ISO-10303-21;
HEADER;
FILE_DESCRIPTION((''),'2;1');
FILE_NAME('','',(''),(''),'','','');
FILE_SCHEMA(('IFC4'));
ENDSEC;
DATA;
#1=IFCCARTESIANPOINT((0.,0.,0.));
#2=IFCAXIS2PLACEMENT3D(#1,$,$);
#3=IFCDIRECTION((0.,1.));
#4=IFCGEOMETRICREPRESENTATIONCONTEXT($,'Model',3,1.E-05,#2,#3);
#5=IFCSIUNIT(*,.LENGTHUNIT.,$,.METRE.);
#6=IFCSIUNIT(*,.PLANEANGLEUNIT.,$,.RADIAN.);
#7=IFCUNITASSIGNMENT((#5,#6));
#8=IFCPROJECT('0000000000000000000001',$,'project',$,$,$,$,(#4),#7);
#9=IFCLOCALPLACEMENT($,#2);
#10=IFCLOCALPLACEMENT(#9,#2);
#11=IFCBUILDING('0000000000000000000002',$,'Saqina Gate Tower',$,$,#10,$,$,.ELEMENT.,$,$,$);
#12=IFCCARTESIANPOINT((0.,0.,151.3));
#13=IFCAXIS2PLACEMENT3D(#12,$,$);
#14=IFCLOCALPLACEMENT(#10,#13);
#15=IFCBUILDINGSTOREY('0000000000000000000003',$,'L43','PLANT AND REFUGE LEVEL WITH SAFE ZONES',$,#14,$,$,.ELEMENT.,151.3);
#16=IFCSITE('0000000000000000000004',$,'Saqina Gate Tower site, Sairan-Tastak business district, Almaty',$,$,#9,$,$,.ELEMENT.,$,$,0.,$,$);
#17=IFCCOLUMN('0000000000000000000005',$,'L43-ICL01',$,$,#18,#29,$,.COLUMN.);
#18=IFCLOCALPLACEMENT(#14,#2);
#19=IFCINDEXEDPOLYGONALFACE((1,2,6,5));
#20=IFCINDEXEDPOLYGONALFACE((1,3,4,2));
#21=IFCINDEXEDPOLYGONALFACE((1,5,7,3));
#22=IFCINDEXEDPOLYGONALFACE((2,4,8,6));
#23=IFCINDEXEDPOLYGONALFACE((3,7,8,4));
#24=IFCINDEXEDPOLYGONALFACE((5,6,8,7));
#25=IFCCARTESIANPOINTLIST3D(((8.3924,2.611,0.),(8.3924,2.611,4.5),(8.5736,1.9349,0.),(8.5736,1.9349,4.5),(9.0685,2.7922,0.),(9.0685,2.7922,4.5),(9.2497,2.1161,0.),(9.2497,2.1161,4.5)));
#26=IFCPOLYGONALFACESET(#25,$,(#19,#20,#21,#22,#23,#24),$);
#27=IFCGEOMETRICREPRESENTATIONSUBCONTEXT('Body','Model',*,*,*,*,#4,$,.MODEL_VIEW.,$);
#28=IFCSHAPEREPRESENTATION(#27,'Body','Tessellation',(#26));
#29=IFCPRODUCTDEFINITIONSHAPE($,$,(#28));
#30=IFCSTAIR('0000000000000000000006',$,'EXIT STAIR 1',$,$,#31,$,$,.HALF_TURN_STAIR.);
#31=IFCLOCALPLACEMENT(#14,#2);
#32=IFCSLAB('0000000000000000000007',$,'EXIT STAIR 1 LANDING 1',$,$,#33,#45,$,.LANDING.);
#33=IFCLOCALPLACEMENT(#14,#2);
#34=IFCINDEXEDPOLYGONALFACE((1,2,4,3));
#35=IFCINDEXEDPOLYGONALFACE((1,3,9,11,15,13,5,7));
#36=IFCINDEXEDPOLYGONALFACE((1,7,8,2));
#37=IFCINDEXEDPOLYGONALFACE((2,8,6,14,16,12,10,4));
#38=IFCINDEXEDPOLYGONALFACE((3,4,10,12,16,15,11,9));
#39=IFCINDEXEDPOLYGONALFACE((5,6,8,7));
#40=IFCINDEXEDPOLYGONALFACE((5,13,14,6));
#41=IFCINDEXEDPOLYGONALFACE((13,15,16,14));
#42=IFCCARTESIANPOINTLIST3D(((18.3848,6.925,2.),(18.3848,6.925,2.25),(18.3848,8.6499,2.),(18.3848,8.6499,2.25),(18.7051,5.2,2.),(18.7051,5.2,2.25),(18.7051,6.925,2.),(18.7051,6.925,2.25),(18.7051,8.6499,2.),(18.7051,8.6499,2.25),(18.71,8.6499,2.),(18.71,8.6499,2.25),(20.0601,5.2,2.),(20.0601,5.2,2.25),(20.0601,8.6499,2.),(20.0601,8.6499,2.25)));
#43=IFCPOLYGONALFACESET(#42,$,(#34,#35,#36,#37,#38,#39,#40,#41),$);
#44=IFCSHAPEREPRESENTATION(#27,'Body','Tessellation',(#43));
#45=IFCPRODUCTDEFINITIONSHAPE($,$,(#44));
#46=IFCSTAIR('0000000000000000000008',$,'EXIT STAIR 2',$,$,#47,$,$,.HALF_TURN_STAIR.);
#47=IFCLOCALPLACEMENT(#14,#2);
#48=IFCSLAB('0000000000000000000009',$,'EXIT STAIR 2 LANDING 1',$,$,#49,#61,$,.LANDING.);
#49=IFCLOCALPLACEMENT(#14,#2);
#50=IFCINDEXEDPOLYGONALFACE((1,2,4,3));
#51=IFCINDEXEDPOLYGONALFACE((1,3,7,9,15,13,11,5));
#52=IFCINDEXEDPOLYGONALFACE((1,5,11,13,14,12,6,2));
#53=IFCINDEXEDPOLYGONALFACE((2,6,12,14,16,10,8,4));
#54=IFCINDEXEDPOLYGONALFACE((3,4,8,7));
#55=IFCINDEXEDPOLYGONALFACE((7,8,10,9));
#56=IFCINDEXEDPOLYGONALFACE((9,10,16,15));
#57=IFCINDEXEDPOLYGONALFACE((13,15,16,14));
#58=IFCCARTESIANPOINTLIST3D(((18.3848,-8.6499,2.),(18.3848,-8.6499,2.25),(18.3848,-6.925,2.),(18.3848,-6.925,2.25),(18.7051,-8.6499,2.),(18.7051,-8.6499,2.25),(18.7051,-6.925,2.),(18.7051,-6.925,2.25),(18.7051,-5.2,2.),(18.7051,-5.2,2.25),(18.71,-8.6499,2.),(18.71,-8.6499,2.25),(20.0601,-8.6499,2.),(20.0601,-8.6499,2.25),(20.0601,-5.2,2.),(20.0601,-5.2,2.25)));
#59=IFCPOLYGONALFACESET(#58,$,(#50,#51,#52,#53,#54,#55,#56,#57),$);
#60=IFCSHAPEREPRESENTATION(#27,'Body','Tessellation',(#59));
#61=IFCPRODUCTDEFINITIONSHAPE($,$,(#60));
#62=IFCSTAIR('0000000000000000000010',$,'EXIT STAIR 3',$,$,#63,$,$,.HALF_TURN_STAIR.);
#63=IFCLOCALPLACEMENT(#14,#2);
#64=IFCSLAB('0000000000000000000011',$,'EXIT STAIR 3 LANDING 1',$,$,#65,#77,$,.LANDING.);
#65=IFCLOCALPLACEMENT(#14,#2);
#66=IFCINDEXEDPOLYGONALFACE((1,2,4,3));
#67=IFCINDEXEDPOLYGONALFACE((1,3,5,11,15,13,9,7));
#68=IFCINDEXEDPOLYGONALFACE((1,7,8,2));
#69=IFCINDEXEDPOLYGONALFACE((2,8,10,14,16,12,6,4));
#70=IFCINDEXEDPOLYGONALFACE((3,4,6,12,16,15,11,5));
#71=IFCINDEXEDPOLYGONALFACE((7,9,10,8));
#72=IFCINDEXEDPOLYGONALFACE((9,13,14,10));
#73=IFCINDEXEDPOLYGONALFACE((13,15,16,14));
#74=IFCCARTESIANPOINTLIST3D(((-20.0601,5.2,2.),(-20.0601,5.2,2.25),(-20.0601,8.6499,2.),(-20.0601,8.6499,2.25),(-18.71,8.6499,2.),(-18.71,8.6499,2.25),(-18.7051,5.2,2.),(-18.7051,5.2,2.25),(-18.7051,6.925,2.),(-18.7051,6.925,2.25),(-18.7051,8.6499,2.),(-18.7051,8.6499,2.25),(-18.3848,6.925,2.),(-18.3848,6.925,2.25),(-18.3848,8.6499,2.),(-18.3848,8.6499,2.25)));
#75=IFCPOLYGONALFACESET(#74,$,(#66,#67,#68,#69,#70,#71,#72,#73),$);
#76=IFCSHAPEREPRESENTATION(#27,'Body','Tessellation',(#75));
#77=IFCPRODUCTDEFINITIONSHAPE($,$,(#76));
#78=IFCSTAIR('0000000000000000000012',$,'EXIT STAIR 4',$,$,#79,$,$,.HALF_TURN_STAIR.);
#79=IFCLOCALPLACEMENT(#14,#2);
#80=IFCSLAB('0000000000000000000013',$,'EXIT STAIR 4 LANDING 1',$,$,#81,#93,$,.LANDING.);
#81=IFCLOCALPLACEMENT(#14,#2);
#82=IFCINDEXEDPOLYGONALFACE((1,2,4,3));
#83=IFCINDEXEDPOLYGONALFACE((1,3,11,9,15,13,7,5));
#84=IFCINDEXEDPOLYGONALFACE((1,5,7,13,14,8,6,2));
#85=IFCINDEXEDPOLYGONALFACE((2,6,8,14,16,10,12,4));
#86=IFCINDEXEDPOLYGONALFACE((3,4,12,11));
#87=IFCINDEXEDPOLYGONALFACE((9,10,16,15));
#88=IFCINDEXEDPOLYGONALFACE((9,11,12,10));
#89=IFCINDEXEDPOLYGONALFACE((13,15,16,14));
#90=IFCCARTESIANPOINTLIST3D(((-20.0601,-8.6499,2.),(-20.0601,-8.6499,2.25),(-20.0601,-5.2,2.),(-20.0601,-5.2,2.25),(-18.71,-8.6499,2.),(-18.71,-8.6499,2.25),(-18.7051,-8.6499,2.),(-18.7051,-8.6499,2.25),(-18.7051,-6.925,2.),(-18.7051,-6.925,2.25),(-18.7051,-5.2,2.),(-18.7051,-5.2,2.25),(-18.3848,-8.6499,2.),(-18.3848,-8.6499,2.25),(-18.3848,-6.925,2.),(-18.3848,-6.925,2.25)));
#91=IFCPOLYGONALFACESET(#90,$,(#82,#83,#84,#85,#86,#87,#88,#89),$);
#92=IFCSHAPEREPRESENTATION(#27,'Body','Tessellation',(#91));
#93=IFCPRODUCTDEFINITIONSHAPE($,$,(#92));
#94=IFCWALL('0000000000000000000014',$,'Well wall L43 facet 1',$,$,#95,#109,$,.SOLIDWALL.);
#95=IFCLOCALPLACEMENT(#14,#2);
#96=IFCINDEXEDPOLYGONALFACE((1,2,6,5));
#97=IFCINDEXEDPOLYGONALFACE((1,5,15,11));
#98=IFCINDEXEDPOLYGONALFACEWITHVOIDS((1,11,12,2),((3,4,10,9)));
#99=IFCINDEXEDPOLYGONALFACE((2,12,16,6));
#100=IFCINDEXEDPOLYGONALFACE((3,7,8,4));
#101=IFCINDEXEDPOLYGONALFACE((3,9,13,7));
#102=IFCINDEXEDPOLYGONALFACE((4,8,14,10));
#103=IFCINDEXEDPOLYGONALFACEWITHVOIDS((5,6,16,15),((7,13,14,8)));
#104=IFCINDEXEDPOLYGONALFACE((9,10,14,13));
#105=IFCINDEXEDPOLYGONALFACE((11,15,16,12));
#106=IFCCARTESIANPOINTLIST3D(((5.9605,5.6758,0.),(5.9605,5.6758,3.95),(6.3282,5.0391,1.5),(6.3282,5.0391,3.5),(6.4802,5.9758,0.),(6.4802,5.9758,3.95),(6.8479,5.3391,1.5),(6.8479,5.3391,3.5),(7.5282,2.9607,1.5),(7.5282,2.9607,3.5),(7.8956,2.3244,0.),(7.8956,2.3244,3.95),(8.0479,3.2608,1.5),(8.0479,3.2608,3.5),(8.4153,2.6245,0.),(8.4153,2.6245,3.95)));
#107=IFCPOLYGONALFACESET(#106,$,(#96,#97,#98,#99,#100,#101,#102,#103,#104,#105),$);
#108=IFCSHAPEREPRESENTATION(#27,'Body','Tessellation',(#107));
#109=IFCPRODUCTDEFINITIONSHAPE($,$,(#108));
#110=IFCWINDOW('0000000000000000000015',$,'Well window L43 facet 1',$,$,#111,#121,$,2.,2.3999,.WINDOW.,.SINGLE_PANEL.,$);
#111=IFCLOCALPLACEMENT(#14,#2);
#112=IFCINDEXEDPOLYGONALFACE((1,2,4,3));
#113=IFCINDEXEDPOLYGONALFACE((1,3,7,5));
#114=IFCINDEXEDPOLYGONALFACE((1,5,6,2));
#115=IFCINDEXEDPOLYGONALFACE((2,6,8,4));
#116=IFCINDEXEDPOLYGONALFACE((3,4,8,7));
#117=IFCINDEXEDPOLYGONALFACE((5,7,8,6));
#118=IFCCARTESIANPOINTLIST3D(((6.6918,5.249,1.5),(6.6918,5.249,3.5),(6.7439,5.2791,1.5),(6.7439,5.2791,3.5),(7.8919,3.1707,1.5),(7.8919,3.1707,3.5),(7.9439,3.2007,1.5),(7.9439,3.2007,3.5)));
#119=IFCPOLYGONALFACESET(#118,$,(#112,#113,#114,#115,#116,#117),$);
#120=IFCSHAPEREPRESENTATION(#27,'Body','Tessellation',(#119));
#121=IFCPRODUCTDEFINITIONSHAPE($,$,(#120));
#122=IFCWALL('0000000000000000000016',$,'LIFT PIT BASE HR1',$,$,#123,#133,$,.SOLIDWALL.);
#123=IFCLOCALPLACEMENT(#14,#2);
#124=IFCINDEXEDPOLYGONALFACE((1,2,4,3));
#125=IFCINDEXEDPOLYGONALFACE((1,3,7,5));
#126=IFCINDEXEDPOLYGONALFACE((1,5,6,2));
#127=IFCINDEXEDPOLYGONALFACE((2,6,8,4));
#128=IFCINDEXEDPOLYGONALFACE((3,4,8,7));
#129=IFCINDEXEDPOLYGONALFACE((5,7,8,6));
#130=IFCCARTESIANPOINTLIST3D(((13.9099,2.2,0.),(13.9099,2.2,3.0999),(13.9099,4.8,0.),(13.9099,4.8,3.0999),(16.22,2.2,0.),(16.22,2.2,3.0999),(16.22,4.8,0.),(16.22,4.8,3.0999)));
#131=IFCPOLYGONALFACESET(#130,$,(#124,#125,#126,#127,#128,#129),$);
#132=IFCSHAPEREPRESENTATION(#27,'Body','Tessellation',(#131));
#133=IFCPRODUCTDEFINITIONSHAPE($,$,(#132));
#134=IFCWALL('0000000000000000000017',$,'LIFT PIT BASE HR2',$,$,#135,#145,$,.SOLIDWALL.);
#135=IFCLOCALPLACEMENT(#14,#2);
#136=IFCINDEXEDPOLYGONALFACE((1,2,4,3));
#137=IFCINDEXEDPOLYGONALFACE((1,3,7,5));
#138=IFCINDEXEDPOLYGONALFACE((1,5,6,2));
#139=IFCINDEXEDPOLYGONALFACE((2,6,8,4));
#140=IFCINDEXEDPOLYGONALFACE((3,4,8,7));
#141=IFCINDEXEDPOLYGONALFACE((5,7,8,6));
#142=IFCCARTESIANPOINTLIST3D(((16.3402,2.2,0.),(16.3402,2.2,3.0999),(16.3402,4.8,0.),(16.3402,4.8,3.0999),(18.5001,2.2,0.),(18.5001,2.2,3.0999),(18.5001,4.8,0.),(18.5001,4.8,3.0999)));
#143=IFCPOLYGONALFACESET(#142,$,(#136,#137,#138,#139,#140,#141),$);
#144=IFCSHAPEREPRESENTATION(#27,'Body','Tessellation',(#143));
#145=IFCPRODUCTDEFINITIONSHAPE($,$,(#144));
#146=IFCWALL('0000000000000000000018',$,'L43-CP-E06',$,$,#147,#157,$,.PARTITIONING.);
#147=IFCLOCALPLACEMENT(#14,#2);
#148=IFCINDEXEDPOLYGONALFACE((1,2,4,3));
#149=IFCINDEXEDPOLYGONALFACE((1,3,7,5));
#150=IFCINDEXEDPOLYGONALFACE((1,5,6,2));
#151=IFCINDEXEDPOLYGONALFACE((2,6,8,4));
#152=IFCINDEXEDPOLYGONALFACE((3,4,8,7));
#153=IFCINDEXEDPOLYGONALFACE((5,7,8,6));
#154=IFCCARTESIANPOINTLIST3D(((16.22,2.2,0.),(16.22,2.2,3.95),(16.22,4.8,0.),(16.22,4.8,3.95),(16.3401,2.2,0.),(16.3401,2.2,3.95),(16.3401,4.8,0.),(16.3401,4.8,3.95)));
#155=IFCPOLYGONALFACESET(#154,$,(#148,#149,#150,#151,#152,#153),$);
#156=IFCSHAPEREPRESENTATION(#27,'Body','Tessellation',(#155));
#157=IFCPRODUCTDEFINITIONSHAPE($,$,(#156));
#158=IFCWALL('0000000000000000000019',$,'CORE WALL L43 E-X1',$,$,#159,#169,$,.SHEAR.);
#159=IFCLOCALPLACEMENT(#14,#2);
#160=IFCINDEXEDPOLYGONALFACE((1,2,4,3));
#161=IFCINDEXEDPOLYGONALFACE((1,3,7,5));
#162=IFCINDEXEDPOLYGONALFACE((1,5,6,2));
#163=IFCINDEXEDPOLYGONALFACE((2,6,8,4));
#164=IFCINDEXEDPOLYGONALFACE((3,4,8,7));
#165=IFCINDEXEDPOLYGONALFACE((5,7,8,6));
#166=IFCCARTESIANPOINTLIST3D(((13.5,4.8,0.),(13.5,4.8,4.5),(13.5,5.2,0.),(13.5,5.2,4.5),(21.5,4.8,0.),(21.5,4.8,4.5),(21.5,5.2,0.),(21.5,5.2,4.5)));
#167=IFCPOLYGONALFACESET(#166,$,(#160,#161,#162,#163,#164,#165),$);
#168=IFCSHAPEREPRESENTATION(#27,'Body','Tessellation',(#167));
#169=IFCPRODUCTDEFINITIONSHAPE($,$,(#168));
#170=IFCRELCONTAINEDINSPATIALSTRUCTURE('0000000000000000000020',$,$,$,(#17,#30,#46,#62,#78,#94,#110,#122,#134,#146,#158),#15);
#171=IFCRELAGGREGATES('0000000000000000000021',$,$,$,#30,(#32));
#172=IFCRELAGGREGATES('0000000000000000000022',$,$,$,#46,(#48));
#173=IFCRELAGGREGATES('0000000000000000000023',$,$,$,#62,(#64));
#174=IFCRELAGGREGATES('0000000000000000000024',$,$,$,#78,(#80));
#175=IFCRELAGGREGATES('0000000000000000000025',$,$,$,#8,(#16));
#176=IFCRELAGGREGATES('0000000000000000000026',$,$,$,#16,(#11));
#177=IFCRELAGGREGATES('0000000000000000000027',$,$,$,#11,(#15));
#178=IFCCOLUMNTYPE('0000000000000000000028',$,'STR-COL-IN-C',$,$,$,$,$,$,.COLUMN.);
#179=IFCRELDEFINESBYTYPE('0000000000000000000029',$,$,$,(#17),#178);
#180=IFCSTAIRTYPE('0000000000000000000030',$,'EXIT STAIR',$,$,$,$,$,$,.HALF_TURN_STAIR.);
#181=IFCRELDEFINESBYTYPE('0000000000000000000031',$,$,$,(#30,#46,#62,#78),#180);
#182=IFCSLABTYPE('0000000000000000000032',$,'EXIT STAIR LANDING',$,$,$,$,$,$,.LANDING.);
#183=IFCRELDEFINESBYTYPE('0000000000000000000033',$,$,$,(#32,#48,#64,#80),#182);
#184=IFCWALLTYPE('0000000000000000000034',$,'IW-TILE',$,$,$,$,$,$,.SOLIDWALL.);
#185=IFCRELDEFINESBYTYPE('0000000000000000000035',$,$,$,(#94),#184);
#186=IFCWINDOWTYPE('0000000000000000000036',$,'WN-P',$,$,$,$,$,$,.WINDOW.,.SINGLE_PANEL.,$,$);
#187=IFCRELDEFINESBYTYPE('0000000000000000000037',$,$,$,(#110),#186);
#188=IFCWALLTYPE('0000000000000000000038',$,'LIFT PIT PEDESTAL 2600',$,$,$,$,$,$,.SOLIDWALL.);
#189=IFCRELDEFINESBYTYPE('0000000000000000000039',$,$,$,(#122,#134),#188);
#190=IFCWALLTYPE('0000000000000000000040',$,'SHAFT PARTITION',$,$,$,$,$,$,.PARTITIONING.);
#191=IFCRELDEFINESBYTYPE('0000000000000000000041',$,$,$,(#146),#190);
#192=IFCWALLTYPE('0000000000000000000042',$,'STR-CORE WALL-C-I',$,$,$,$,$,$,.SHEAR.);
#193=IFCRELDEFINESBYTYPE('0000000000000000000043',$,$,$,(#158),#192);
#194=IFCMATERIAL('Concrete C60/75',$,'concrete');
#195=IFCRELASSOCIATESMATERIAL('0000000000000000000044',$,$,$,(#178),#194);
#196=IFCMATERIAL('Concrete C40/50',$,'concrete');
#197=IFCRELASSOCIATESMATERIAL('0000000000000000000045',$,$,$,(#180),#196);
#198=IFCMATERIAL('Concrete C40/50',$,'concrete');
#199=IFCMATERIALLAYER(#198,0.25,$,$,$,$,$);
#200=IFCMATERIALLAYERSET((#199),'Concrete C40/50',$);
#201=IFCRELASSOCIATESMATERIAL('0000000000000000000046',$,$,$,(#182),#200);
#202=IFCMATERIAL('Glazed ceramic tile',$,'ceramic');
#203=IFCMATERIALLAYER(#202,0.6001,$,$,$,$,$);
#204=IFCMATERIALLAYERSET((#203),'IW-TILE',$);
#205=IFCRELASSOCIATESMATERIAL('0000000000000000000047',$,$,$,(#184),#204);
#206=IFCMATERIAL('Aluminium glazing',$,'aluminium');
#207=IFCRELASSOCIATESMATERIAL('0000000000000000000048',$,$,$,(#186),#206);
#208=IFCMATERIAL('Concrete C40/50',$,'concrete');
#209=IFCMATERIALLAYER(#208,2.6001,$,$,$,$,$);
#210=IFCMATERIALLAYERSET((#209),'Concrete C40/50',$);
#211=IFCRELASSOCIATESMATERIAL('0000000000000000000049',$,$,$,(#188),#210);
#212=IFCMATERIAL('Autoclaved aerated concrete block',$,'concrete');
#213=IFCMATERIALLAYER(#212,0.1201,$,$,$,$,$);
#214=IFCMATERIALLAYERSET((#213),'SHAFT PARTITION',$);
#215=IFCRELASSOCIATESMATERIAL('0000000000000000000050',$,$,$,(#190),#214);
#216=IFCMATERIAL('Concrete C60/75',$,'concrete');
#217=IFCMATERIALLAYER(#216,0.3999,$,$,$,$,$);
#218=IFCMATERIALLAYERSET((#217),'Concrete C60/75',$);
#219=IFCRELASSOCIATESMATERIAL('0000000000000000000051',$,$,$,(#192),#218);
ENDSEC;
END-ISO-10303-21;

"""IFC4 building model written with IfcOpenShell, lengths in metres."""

from ifc_helpers import new_model, si_unit, direction, frame, frame_2d, origin, origin_2d, place, context, subcontext, project, spatial, polyline, rectangle, outline, extrude, material, layer, layer_set, material_profile, profile_set, type_object, element, fill, aggregate, save


model = new_model("IFC4")

# Units and contexts
model_context = context("Model", 3, precision=1e-05, world=origin(), true_north=direction((0.0, 1.0)))
body_context = subcontext(model_context, "Body", "Model", "MODEL_VIEW")
ifc_project = project(units=[si_unit("LENGTHUNIT", "METRE"), si_unit("PLANEANGLEUNIT", "RADIAN")], contexts=[model_context])

# Site, building, storey
site_placement = place(None, origin())
site = spatial("IfcSite", under=ifc_project, at=site_placement, Name="Saqina Gate Tower site, Sairan-Tastak business district, Almaty", CompositionType="ELEMENT", RefElevation=0.0)
building_placement = place(site_placement, origin())
building = spatial("IfcBuilding", under=site, at=building_placement, Name="Saqina Gate Tower", CompositionType="ELEMENT")
storey_placement = place(building_placement, frame((0.0, 0.0, 151.3)))
storey = spatial("IfcBuildingStorey", under=building, at=storey_placement, Name="L43", Description="PLANT AND REFUGE LEVEL WITH SAFE ZONES", CompositionType="ELEMENT", Elevation=151.3)

# Column
ifc_material_1 = material(Name="Concrete C60/75", Category="concrete")
ifc_material_profile = material_profile(ifc_material_1, rectangle(XDim=0.7, YDim=0.7, at=origin_2d()), Name="RC 700x700")
ifc_profile_set = profile_set([ifc_material_profile], Name="Concrete C60/75")
column_type = type_object("IfcColumnType", Name="STR-COL-IN-C", PredefinedType="COLUMN", material=ifc_profile_set)
column_placement = place(storey_placement, frame((8.821, 2.3635, 0.0), z_axis=(0.0, 0.0, 1.0), x_axis=(0.965926, 0.258819, 0.0)))
element("IfcColumn", 1, at=column_placement, inside=storey, type_object=column_type, Name="L43-ICL01", PredefinedType="COLUMN", context=body_context, shape_type="SweptSolid", body=[
    extrude(rectangle(XDim=0.7, YDim=0.7, at=origin_2d()), origin(), (0.0, 0.0, 1.0), 4.5),
])

# Stairs, slabs
ifc_material_2 = material(Name="Concrete C40/50", Category="concrete")
stair_type = type_object("IfcStairType", Name="EXIT STAIR", PredefinedType="HALF_TURN_STAIR", material=ifc_material_2)
stair_1_placement = place(storey_placement, origin())
stair_1 = element("IfcStair", 2, at=stair_1_placement, inside=storey, type_object=stair_type, Name="EXIT STAIR 1", PredefinedType="HALF_TURN_STAIR")
ifc_material_3 = material(Name="Concrete C40/50", Category="concrete")
ifc_layer_1 = layer(ifc_material_3, 0.25)
ifc_layer_set_1 = layer_set([ifc_layer_1], Name="Concrete C40/50")
slab_type = type_object("IfcSlabType", Name="EXIT STAIR LANDING", PredefinedType="LANDING", material=ifc_layer_set_1)
slab_1_placement = place(storey_placement, frame((0.0, 0.0, 2.0)))
slab_1 = element("IfcSlab", 3, at=slab_1_placement, type_object=slab_type, Name="EXIT STAIR 1 LANDING 1", PredefinedType="LANDING", context=body_context, shape_type="SweptSolid", body=[
    extrude(outline(polyline([(20.0601, 8.6499), (20.0601, 5.2), (18.7051, 5.2), (18.7051, 6.925), (18.3848, 6.925), (18.3848, 8.6499), (18.7051, 8.6499), (18.71, 8.6499), (20.0601, 8.6499)])), origin(), (0.0, 0.0, 1.0), 0.25),
])
aggregate(stair_1, [slab_1])
stair_2_placement = place(storey_placement, origin())
stair_2 = element("IfcStair", 4, at=stair_2_placement, inside=storey, type_object=stair_type, Name="EXIT STAIR 2", PredefinedType="HALF_TURN_STAIR")
slab_2_placement = place(storey_placement, frame((0.0, 0.0, 2.0)))
slab_2 = element("IfcSlab", 5, at=slab_2_placement, type_object=slab_type, Name="EXIT STAIR 2 LANDING 1", PredefinedType="LANDING", context=body_context, shape_type="SweptSolid", body=[
    extrude(outline(polyline([(18.3848, -8.6499), (18.3848, -6.925), (18.7051, -6.925), (18.7051, -5.2), (20.0601, -5.2), (20.0601, -8.6499), (18.71, -8.6499), (18.7051, -8.6499), (18.3848, -8.6499)])), origin(), (0.0, 0.0, 1.0), 0.25),
])
aggregate(stair_2, [slab_2])
stair_3_placement = place(storey_placement, origin())
stair_3 = element("IfcStair", 6, at=stair_3_placement, inside=storey, type_object=stair_type, Name="EXIT STAIR 3", PredefinedType="HALF_TURN_STAIR")
slab_3_placement = place(storey_placement, frame((0.0, 0.0, 2.0)))
slab_3 = element("IfcSlab", 7, at=slab_3_placement, type_object=slab_type, Name="EXIT STAIR 3 LANDING 1", PredefinedType="LANDING", context=body_context, shape_type="SweptSolid", body=[
    extrude(outline(polyline([(-18.7051, 5.2), (-20.0601, 5.2), (-20.0601, 8.6499), (-18.71, 8.6499), (-18.7051, 8.6499), (-18.3848, 8.6499), (-18.3848, 6.925), (-18.7051, 6.925), (-18.7051, 5.2)])), origin(), (0.0, 0.0, 1.0), 0.25),
])
aggregate(stair_3, [slab_3])
stair_4_placement = place(storey_placement, origin())
stair_4 = element("IfcStair", 8, at=stair_4_placement, inside=storey, type_object=stair_type, Name="EXIT STAIR 4", PredefinedType="HALF_TURN_STAIR")
slab_4_placement = place(storey_placement, frame((0.0, 0.0, 2.0)))
slab_4 = element("IfcSlab", 9, at=slab_4_placement, type_object=slab_type, Name="EXIT STAIR 4 LANDING 1", PredefinedType="LANDING", context=body_context, shape_type="SweptSolid", body=[
    extrude(outline(polyline([(-18.3848, -6.925), (-18.3848, -8.6499), (-18.7051, -8.6499), (-18.71, -8.6499), (-20.0601, -8.6499), (-20.0601, -5.2), (-18.7051, -5.2), (-18.7051, -6.925), (-18.3848, -6.925)])), origin(), (0.0, 0.0, 1.0), 0.25),
])
aggregate(stair_4, [slab_4])

# Wall, opening, window
ifc_material_4 = material(Name="Glazed ceramic tile", Category="ceramic")
ifc_layer_2 = layer(ifc_material_4, 0.6001)
ifc_layer_set_2 = layer_set([ifc_layer_2], Name="IW-TILE")
wall_type_1 = type_object("IfcWallType", Name="IW-TILE", PredefinedType="SOLIDWALL", material=ifc_layer_set_2)
wall_1_placement = place(storey_placement, frame((8.1555, 2.4744, 0.0), z_axis=(0.0, 0.0, 1.0), x_axis=(-0.500034, 0.866006, 0.0)))
wall_1 = element("IfcWall", 10, at=wall_1_placement, inside=storey, type_object=wall_type_1, Name="Well wall L43 facet 1", PredefinedType="SOLIDWALL", context=body_context, shape_type="SweptSolid", body=[
    extrude(rectangle(XDim=3.8699, YDim=0.6001, at=frame_2d((1.9351, 0.0))), origin(), (0.0, 0.0, 1.0), 3.95),
])
opening_1_placement = place(wall_1_placement, frame((0.7349, 0.0, 1.5)))
opening_1 = element("IfcOpeningElement", 11, at=opening_1_placement, cuts=wall_1, PredefinedType="OPENING", context=body_context, shape_type="SweptSolid", body=[
    extrude(rectangle(XDim=2.3999, YDim=2.0, at=frame_2d((1.2, 1.0))), frame((0.0, 0.312, 0.0), z_axis=(0.0, -1.0, 0.0), x_axis=(1.0, 0.0, 0.0)), (0.0, 0.0, 1.0), 0.624),
])
ifc_material_5 = material(Name="Aluminium glazing", Category="aluminium")
window_type = type_object("IfcWindowType", Name="WN-P", PartitioningType="SINGLE_PANEL", PredefinedType="WINDOW", material=ifc_material_5)
window_placement = place(opening_1_placement, origin())
window = element("IfcWindow", 12, at=window_placement, inside=storey, type_object=window_type, Name="Well window L43 facet 1", OverallHeight=2.0, OverallWidth=2.3999, PartitioningType="SINGLE_PANEL", PredefinedType="WINDOW", context=body_context, shape_type="SweptSolid", body=[
    extrude(rectangle(XDim=2.3999, YDim=2.0, at=frame_2d((1.2, 1.0))), frame((0.0, -0.1199, 0.0), z_axis=(0.0, -1.0, 0.0), x_axis=(1.0, 0.0, 0.0)), (0.0, 0.0, 1.0), 0.0601),
])
fill(opening_1, window)

# Walls
ifc_material_6 = material(Name="Concrete C40/50", Category="concrete")
ifc_layer_3 = layer(ifc_material_6, 2.6001)
ifc_layer_set_3 = layer_set([ifc_layer_3], Name="Concrete C40/50")
wall_type_2 = type_object("IfcWallType", Name="LIFT PIT PEDESTAL 2600", PredefinedType="SOLIDWALL", material=ifc_layer_set_3)
wall_2_placement = place(storey_placement, frame((13.9099, 3.5, 0.0), z_axis=(0.0, 0.0, 1.0), x_axis=(1.0, 0.0, 0.0)))
element("IfcWall", 13, at=wall_2_placement, inside=storey, type_object=wall_type_2, Name="LIFT PIT BASE HR1", PredefinedType="SOLIDWALL", context=body_context, shape_type="SweptSolid", body=[
    extrude(rectangle(XDim=2.3101, YDim=2.6001, at=frame_2d((1.155, 0.0))), origin(), (0.0, 0.0, 1.0), 3.0999),
])
wall_3_placement = place(storey_placement, frame((16.3401, 3.5, 0.0), z_axis=(0.0, 0.0, 1.0), x_axis=(1.0, 0.0, 0.0)))
element("IfcWall", 14, at=wall_3_placement, inside=storey, type_object=wall_type_2, Name="LIFT PIT BASE HR2", PredefinedType="SOLIDWALL", context=body_context, shape_type="SweptSolid", body=[
    extrude(rectangle(XDim=2.1599, YDim=2.6001, at=frame_2d((1.0801, 0.0))), origin(), (0.0, 0.0, 1.0), 3.0999),
])
ifc_material_7 = material(Name="Autoclaved aerated concrete block", Category="concrete")
ifc_layer_4 = layer(ifc_material_7, 0.1201)
ifc_layer_set_4 = layer_set([ifc_layer_4], Name="SHAFT PARTITION")
wall_type_3 = type_object("IfcWallType", Name="SHAFT PARTITION", PredefinedType="PARTITIONING", material=ifc_layer_set_4)
wall_4_placement = place(storey_placement, frame((16.28, 2.2, 0.0), z_axis=(0.0, 0.0, 1.0), x_axis=(0.0, 1.0, 0.0)))
element("IfcWall", 15, at=wall_4_placement, inside=storey, type_object=wall_type_3, Name="L43-CP-E06", PredefinedType="PARTITIONING", context=body_context, shape_type="SweptSolid", body=[
    extrude(rectangle(XDim=2.6001, YDim=0.1201, at=frame_2d((1.3, 0.0))), origin(), (0.0, 0.0, 1.0), 3.95),
])
ifc_material_8 = material(Name="Concrete C60/75", Category="concrete")
ifc_layer_5 = layer(ifc_material_8, 0.3999)
ifc_layer_set_5 = layer_set([ifc_layer_5], Name="Concrete C60/75")
wall_type_4 = type_object("IfcWallType", Name="STR-CORE WALL-C-I", PredefinedType="SHEAR", material=ifc_layer_set_5)
wall_5_placement = place(storey_placement, frame((13.5, 5.0, 0.0), z_axis=(0.0, 0.0, 1.0), x_axis=(1.0, 0.0, 0.0)))
element("IfcWall", 16, at=wall_5_placement, inside=storey, type_object=wall_type_4, Name="CORE WALL L43 E-X1", PredefinedType="SHEAR", context=body_context, shape_type="SweptSolid", body=[
    extrude(rectangle(XDim=8.0, YDim=0.3999, at=frame_2d((4.0, 0.0))), origin(), (0.0, 0.0, 1.0), 4.5),
])

save(model, "model.ifc")
